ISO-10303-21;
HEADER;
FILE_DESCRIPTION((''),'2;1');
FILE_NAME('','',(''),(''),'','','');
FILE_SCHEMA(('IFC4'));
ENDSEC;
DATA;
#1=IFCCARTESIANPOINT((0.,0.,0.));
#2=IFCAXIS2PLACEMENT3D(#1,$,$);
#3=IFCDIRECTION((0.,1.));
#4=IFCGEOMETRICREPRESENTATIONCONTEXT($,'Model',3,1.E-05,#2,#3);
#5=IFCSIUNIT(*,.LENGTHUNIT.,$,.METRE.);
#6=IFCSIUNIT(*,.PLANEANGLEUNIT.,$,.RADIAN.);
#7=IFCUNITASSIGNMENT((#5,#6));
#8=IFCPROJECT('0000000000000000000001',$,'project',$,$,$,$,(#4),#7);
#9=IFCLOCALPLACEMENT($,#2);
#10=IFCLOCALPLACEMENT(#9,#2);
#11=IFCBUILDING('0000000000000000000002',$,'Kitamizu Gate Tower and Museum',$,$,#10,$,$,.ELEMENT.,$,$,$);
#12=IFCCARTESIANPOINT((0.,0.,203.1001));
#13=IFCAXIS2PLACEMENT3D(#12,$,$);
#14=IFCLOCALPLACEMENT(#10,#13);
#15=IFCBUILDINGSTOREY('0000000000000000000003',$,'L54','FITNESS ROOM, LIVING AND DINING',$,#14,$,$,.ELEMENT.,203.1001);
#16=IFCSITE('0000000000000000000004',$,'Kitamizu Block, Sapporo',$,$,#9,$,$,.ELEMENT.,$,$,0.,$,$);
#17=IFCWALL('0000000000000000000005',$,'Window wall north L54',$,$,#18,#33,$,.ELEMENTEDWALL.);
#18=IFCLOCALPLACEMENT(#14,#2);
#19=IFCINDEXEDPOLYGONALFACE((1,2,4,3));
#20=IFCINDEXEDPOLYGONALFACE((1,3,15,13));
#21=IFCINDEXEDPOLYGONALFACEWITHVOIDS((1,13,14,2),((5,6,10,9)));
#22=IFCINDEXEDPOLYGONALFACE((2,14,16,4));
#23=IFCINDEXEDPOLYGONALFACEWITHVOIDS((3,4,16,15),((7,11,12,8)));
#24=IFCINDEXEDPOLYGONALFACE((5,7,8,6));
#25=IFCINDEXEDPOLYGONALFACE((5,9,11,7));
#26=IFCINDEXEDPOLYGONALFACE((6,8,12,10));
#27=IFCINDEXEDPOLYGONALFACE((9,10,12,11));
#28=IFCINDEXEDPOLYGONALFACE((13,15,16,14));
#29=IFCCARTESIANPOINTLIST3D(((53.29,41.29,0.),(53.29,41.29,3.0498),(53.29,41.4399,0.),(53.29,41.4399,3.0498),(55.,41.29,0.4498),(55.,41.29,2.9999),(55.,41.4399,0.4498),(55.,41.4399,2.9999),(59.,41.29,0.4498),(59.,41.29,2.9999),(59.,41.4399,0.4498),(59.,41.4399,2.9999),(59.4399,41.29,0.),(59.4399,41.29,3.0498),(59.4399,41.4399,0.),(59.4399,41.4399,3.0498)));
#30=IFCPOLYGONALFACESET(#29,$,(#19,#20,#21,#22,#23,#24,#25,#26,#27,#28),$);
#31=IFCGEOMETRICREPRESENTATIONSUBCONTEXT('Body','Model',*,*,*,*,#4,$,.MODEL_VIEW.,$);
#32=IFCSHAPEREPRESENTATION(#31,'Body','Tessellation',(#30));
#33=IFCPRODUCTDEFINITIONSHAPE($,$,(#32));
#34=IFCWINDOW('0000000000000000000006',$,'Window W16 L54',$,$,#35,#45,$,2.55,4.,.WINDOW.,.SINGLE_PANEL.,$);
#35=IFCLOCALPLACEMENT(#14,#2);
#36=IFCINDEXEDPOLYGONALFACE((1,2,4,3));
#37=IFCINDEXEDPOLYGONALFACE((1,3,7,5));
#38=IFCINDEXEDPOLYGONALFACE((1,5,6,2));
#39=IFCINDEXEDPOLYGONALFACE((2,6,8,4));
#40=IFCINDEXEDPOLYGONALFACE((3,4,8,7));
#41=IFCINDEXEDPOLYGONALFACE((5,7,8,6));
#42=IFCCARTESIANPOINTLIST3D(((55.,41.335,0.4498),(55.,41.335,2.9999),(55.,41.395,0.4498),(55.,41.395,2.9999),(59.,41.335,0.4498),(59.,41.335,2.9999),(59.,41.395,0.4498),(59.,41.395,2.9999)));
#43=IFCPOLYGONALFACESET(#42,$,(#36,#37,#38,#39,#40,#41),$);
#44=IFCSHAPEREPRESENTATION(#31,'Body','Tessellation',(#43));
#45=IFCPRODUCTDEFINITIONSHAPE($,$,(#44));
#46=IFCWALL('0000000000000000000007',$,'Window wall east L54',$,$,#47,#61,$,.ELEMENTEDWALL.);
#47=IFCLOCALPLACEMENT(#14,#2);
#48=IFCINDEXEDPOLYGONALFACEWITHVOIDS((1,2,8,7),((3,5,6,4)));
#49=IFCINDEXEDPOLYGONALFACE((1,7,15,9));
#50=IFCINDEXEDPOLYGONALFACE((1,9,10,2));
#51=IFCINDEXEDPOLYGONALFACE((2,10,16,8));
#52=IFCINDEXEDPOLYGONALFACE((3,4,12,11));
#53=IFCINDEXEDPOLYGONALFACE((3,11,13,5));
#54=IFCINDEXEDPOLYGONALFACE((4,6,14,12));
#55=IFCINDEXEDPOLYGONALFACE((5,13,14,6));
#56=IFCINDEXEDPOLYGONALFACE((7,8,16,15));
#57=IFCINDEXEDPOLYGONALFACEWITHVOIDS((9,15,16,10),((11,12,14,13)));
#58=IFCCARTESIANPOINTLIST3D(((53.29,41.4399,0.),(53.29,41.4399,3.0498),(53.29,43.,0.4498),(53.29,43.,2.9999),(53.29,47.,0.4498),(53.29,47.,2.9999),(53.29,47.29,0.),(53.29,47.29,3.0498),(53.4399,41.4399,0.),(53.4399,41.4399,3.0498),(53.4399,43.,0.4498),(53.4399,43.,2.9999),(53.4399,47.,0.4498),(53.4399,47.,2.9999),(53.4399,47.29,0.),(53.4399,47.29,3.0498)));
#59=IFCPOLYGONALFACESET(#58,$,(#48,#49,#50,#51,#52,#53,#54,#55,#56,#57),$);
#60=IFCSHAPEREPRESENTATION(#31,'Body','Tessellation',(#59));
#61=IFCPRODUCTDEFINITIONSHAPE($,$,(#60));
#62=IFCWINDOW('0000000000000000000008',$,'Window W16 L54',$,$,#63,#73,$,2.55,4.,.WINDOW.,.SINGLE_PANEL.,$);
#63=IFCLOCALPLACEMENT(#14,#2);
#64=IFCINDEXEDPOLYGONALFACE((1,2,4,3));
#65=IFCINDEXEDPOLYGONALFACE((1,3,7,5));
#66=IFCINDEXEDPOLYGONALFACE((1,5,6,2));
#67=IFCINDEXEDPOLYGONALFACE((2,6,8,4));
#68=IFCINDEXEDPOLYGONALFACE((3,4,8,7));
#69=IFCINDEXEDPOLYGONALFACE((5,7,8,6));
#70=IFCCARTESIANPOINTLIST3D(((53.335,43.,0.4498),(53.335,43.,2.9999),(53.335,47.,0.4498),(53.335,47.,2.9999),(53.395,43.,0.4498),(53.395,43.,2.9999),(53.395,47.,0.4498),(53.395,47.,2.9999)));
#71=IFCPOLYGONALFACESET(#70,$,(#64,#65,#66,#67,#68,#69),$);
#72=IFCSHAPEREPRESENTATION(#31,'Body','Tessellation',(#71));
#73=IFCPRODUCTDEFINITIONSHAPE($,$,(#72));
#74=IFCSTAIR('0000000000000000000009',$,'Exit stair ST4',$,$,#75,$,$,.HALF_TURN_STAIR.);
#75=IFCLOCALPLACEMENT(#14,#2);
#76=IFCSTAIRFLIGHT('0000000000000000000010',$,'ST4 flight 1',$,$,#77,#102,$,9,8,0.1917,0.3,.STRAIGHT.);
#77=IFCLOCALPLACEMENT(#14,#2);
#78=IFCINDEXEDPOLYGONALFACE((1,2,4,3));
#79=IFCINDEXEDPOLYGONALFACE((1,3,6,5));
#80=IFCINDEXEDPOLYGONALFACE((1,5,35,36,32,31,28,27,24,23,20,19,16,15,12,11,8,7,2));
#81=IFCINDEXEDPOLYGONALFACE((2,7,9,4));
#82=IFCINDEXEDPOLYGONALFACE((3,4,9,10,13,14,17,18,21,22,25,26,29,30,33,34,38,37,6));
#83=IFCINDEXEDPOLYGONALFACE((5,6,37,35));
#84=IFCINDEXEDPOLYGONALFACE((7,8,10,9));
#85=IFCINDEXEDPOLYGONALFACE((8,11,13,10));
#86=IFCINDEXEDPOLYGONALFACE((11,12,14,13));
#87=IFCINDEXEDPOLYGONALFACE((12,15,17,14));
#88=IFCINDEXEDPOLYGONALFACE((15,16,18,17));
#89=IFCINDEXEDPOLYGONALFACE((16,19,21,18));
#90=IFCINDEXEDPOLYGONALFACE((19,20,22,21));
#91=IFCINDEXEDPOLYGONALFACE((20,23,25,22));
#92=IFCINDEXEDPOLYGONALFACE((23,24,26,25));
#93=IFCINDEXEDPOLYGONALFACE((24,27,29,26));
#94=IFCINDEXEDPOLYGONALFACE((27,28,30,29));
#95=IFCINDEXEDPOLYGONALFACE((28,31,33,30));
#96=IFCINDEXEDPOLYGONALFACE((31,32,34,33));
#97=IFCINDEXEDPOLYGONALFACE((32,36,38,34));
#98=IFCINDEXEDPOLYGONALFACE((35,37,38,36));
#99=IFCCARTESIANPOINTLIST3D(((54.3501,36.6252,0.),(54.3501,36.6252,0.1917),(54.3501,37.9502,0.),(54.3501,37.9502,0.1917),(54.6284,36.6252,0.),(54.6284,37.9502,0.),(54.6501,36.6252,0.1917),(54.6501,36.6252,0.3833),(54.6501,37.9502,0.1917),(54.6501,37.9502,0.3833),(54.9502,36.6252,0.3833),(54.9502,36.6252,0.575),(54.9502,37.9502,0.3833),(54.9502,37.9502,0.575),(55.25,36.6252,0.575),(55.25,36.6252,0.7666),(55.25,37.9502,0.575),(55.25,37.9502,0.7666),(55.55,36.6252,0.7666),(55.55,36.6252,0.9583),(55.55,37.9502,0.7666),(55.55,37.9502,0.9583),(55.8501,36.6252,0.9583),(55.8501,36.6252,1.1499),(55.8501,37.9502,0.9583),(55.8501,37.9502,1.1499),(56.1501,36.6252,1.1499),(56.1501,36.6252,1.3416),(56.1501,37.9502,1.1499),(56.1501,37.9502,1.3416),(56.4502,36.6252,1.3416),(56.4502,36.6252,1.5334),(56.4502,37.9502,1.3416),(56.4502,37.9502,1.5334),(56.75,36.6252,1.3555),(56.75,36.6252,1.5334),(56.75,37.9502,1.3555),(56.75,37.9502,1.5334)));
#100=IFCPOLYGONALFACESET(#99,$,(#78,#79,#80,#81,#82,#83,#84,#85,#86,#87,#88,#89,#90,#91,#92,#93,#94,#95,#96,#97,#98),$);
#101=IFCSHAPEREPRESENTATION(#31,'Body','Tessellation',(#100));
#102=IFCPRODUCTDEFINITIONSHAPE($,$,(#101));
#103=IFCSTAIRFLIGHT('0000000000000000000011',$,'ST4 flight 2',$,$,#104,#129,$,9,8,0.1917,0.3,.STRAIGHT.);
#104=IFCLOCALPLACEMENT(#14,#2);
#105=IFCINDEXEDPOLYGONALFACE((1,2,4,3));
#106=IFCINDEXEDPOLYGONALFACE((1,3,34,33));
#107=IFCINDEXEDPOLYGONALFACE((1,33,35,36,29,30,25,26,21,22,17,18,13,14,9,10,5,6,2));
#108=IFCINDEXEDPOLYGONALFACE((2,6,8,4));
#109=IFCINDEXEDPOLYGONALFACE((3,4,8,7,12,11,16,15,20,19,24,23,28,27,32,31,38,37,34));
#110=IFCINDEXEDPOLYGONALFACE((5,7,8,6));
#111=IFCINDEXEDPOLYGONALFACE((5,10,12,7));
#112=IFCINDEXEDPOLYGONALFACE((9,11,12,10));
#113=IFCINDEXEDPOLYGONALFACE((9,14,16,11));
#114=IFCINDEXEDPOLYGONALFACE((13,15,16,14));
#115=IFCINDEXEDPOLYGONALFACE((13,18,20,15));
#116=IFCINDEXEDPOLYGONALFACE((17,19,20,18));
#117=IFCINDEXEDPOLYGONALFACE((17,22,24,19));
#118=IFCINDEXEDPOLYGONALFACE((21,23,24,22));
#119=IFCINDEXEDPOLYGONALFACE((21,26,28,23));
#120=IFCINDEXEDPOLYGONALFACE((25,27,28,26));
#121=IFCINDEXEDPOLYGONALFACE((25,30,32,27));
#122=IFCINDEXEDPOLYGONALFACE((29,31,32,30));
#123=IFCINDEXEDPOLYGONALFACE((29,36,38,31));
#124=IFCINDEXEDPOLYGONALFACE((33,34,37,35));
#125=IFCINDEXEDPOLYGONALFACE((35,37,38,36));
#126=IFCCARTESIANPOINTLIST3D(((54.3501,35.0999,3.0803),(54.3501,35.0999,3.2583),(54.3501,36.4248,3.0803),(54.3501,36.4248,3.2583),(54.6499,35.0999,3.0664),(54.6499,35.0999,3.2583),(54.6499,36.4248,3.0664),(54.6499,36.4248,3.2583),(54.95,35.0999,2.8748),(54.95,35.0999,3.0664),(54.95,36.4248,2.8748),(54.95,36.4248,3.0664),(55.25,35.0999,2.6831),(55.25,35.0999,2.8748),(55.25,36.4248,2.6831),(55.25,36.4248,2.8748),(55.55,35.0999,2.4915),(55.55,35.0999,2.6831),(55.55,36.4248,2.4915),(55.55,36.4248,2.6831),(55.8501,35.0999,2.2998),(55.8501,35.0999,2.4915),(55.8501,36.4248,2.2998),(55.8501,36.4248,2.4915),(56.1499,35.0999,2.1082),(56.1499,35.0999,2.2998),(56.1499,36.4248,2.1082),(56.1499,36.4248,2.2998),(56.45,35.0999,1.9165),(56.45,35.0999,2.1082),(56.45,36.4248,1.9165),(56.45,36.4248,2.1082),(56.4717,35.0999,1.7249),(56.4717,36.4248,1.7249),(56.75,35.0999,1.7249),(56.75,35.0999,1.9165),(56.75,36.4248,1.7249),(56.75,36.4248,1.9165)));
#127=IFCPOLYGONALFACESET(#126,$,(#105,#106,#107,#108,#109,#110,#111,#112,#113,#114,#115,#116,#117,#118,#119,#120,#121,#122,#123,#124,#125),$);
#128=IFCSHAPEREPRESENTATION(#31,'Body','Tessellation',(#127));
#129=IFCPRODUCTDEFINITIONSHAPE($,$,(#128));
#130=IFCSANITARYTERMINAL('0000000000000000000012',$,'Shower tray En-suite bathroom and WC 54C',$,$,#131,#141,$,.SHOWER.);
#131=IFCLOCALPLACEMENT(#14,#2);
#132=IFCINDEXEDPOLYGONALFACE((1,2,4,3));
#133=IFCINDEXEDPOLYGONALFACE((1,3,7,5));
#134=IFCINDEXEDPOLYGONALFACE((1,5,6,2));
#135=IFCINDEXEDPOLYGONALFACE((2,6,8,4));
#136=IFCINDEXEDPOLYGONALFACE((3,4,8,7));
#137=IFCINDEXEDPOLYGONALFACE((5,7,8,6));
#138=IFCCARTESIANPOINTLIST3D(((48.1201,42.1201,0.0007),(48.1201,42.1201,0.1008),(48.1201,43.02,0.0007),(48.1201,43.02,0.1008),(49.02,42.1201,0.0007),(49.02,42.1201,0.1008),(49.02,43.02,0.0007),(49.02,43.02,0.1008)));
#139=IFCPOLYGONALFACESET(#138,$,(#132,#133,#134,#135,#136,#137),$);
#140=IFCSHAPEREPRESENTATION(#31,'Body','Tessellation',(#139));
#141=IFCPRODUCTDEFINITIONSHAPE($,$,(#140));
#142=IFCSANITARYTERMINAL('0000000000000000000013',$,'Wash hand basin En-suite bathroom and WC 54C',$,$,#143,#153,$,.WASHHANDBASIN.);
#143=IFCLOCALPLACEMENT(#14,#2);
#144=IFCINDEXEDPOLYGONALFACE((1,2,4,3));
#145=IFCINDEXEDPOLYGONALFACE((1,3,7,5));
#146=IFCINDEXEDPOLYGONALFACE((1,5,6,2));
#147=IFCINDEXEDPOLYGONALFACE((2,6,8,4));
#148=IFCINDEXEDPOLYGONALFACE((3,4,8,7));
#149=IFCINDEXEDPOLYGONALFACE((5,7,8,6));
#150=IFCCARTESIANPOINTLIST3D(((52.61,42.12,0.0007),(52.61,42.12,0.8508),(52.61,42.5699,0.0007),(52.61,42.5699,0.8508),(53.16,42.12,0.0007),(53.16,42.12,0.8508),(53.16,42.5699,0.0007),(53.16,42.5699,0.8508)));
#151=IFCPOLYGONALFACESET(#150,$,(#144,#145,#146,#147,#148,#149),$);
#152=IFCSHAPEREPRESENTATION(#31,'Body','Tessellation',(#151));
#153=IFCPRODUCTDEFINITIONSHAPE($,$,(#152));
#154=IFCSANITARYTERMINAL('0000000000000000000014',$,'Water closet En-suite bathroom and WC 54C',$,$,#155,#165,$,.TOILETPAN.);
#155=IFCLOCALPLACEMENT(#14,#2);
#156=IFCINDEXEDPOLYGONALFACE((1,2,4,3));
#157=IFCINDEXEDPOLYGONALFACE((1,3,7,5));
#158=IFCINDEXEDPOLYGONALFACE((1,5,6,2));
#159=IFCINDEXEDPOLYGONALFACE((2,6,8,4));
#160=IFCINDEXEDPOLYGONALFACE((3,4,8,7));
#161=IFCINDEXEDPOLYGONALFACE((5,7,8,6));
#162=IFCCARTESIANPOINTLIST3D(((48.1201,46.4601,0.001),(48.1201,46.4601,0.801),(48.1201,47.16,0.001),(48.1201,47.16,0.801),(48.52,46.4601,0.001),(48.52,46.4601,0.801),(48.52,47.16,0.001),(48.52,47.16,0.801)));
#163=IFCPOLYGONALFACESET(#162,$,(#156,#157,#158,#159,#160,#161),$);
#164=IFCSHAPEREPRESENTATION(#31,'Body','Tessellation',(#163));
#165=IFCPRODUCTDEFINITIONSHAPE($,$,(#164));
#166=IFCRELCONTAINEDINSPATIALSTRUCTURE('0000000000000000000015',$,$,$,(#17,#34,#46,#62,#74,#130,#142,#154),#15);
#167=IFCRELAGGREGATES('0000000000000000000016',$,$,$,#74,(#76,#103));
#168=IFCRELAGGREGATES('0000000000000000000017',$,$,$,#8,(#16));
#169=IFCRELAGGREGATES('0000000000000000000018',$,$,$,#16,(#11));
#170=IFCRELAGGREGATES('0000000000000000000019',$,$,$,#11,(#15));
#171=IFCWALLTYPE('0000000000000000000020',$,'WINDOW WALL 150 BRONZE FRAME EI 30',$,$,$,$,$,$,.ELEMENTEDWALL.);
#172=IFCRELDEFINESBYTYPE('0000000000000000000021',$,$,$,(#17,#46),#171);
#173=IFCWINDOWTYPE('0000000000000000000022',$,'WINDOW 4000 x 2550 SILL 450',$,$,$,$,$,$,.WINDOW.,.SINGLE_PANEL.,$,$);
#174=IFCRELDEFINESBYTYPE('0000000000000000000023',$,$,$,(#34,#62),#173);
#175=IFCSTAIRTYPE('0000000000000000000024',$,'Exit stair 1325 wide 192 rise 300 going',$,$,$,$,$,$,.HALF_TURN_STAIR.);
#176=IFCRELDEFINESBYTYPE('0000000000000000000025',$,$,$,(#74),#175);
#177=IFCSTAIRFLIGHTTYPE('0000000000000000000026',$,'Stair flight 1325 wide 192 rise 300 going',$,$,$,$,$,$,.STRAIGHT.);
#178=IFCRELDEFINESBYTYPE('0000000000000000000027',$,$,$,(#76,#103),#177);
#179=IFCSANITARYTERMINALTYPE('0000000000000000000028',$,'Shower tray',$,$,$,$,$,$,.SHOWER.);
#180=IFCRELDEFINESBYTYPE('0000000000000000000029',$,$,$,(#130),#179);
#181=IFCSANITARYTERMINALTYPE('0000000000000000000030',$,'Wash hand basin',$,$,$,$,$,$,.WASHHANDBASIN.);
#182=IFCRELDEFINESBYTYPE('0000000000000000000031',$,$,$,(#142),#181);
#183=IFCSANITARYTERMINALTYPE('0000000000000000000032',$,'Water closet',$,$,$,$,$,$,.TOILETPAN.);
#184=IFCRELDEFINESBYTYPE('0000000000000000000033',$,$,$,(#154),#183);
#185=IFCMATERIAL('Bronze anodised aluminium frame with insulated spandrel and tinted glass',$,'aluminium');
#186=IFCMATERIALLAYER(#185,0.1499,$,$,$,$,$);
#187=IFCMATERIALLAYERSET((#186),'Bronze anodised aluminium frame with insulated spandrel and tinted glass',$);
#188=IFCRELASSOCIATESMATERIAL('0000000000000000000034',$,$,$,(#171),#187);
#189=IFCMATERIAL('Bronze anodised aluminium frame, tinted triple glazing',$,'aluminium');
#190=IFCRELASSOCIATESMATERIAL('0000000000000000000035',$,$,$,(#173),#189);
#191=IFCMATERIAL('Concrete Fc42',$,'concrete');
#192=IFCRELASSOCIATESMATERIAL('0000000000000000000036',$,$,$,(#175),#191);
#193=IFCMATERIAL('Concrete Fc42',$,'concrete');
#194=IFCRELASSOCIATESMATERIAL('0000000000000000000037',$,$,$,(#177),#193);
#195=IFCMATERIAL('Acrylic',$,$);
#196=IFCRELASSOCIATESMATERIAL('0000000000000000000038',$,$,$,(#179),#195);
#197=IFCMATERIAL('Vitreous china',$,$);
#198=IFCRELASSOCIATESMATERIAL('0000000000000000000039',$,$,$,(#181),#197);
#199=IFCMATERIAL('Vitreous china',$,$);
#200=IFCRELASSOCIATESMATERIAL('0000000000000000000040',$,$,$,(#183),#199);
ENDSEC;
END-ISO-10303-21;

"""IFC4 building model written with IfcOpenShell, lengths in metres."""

from ifc_helpers import new_model, si_unit, direction, frame, frame_2d, origin, origin_2d, place, context, subcontext, project, spatial, polyline, rectangle, outline, extrude, material, layer, layer_set, type_object, element, fill, aggregate, save


model = new_model("IFC4")

# Units and contexts
model_context = context("Model", 3, precision=1e-05, world=origin(), true_north=direction((0.0, 1.0)))
body_context = subcontext(model_context, "Body", "Model", "MODEL_VIEW")
ifc_project = project(units=[si_unit("LENGTHUNIT", "METRE"), si_unit("PLANEANGLEUNIT", "RADIAN")], contexts=[model_context])

# Site, building, storey
site_placement = place(None, origin())
site = spatial("IfcSite", under=ifc_project, at=site_placement, Name="Kitamizu Block, Sapporo", CompositionType="ELEMENT", RefElevation=0.0)
building_placement = place(site_placement, origin())
building = spatial("IfcBuilding", under=site, at=building_placement, Name="Kitamizu Gate Tower and Museum", CompositionType="ELEMENT")
storey_placement = place(building_placement, frame((0.0, 0.0, 203.1001)))
storey = spatial("IfcBuildingStorey", under=building, at=storey_placement, Name="L54", Description="FITNESS ROOM, LIVING AND DINING", CompositionType="ELEMENT", Elevation=203.1001)

# Shared definitions
ifc_material_1 = material(Name="Bronze anodised aluminium frame with insulated spandrel and tinted glass", Category="aluminium")
ifc_layer_1 = layer(ifc_material_1, 0.1499)
ifc_layer_set_1 = layer_set([ifc_layer_1], Name="Bronze anodised aluminium frame with insulated spandrel and tinted glass")
wall_type_1 = type_object("IfcWallType", Name="WINDOW WALL 150 BRONZE FRAME EI 30", PredefinedType="ELEMENTEDWALL", material=ifc_layer_set_1)

# Walls, openings, windows
wall_1_placement = place(storey_placement, frame((53.29, 41.365, 0.0), z_axis=(0.0, 0.0, 1.0), x_axis=(1.0, 0.0, 0.0)))
wall_1 = element("IfcWall", 1, at=wall_1_placement, inside=storey, type_object=wall_type_1, Name="Window wall north L54", PredefinedType="ELEMENTEDWALL", context=body_context, shape_type="SweptSolid", body=[
    extrude(rectangle(XDim=6.1499, YDim=0.1499, at=frame_2d((3.075, 0.0))), origin(), (0.0, 0.0, 1.0), 3.0498),
])
opening_1_placement = place(wall_1_placement, frame((1.71, 0.0, 0.45)))
opening_1 = element("IfcOpeningElement", 2, at=opening_1_placement, cuts=wall_1, PredefinedType="OPENING", context=body_context, shape_type="SweptSolid", body=[
    extrude(rectangle(XDim=4.0, YDim=2.55, at=frame_2d((2.0, 1.2749))), frame((0.0, 0.085, 0.0), z_axis=(0.0, -1.0, 0.0), x_axis=(1.0, 0.0, 0.0)), (0.0, 0.0, 1.0), 0.1699),
])
ifc_material_2 = material(Name="Bronze anodised aluminium frame, tinted triple glazing", Category="aluminium")
window_type = type_object("IfcWindowType", Name="WINDOW 4000 x 2550 SILL 450", PartitioningType="SINGLE_PANEL", PredefinedType="WINDOW", material=ifc_material_2)
window_1_placement = place(opening_1_placement, origin())
window_1 = element("IfcWindow", 3, at=window_1_placement, inside=storey, type_object=window_type, Name="Window W16 L54", OverallHeight=2.55, OverallWidth=4.0, PartitioningType="SINGLE_PANEL", PredefinedType="WINDOW", context=body_context, shape_type="SweptSolid", body=[
    extrude(rectangle(XDim=4.0, YDim=2.55, at=frame_2d((2.0, 1.2749))), frame((0.0, 0.03, 0.0), z_axis=(0.0, -1.0, 0.0), x_axis=(1.0, 0.0, 0.0)), (0.0, 0.0, 1.0), 0.0601),
])
fill(opening_1, window_1)
wall_2_placement = place(storey_placement, frame((53.365, 41.4399, 0.0), z_axis=(0.0, 0.0, 1.0), x_axis=(0.0, 1.0, 0.0)))
wall_2 = element("IfcWall", 4, at=wall_2_placement, inside=storey, type_object=wall_type_1, Name="Window wall east L54", PredefinedType="ELEMENTEDWALL", context=body_context, shape_type="SweptSolid", body=[
    extrude(rectangle(XDim=5.8501, YDim=0.1499, at=frame_2d((2.925, 0.0))), origin(), (0.0, 0.0, 1.0), 3.0498),
])
opening_2_placement = place(wall_2_placement, frame((1.5601, 0.0, 0.45)))
opening_2 = element("IfcOpeningElement", 5, at=opening_2_placement, cuts=wall_2, PredefinedType="OPENING", context=body_context, shape_type="SweptSolid", body=[
    extrude(rectangle(XDim=4.0, YDim=2.55, at=frame_2d((2.0, 1.2749))), frame((0.0, 0.085, 0.0), z_axis=(0.0, -1.0, 0.0), x_axis=(1.0, 0.0, 0.0)), (0.0, 0.0, 1.0), 0.1699),
])
window_2_placement = place(opening_2_placement, origin())
window_2 = element("IfcWindow", 6, at=window_2_placement, inside=storey, type_object=window_type, Name="Window W16 L54", OverallHeight=2.55, OverallWidth=4.0, PartitioningType="SINGLE_PANEL", PredefinedType="WINDOW", context=body_context, shape_type="SweptSolid", body=[
    extrude(rectangle(XDim=4.0, YDim=2.55, at=frame_2d((2.0, 1.2749))), frame((0.0, 0.03, 0.0), z_axis=(0.0, -1.0, 0.0), x_axis=(1.0, 0.0, 0.0)), (0.0, 0.0, 1.0), 0.0601),
])
fill(opening_2, window_2)

# Stair, stair flights
ifc_material_3 = material(Name="Concrete Fc42", Category="concrete")
stair_type = type_object("IfcStairType", Name="Exit stair 1325 wide 192 rise 300 going", PredefinedType="HALF_TURN_STAIR", material=ifc_material_3)
stair_placement = place(storey_placement, origin())
stair = element("IfcStair", 7, at=stair_placement, inside=storey, type_object=stair_type, Name="Exit stair ST4", PredefinedType="HALF_TURN_STAIR")
ifc_material_4 = material(Name="Concrete Fc42", Category="concrete")
stair_flight_type = type_object("IfcStairFlightType", Name="Stair flight 1325 wide 192 rise 300 going", PredefinedType="STRAIGHT", material=ifc_material_4)
stair_flight_1_placement = place(storey_placement, frame((54.3501, 37.2876, 0.0), z_axis=(0.0, 0.0, 1.0), x_axis=(1.0, 0.0, 0.0)))
stair_flight_1 = element("IfcStairFlight", 8, at=stair_flight_1_placement, type_object=stair_flight_type, Name="ST4 flight 1", NumberOfRisers=9, NumberOfTreads=8, PredefinedType="STRAIGHT", RiserHeight=0.1917, TreadLength=0.3, context=body_context, shape_type="SweptSolid", body=[
    extrude(outline(polyline([(0.0, 0.0), (0.0, 0.1917), (0.3, 0.1917), (0.3, 0.3833), (0.6001, 0.3833), (0.6001, 0.575), (0.8999, 0.575), (0.8999, 0.7666), (1.2, 0.7666), (1.2, 0.9583), (1.5, 0.9583), (1.5, 1.1499), (1.8, 1.1499), (1.8, 1.3416), (2.1001, 1.3416), (2.1001, 1.5334), (2.3999, 1.5334), (2.3999, 1.7251), (2.3999, 1.3555), (0.2783, 0.0), (0.0, 0.0)])), frame((0.0, 0.6626, 0.0), z_axis=(0.0, -1.0, 0.0), x_axis=(1.0, 0.0, 0.0)), (0.0, 0.0, 1.0), 1.325),
])
stair_flight_2_placement = place(storey_placement, frame((56.75, 35.7625, 1.7249), z_axis=(0.0, 0.0, 1.0), x_axis=(-1.0, 0.0, 0.0)))
stair_flight_2 = element("IfcStairFlight", 9, at=stair_flight_2_placement, type_object=stair_flight_type, Name="ST4 flight 2", NumberOfRisers=9, NumberOfTreads=8, PredefinedType="STRAIGHT", RiserHeight=0.1917, TreadLength=0.3, context=body_context, shape_type="SweptSolid", body=[
    extrude(outline(polyline([(0.0, 0.0), (0.0, 0.1917), (0.3, 0.1917), (0.3, 0.3833), (0.6001, 0.3833), (0.6001, 0.575), (0.8999, 0.575), (0.8999, 0.7666), (1.2, 0.7666), (1.2, 0.9583), (1.5, 0.9583), (1.5, 1.1499), (1.8, 1.1499), (1.8, 1.3416), (2.1001, 1.3416), (2.1001, 1.5334), (2.3999, 1.5334), (2.3999, 1.7251), (2.3999, 1.3555), (0.2783, 0.0), (0.0, 0.0)])), frame((0.0, 0.6626, 0.0), z_axis=(0.0, -1.0, 0.0), x_axis=(1.0, 0.0, 0.0)), (0.0, 0.0, 1.0), 1.325),
])
aggregate(stair, [stair_flight_1, stair_flight_2])

# Sanitary terminals
ifc_material_5 = material(Name="Acrylic")
sanitary_terminal_type_1 = type_object("IfcSanitaryTerminalType", Name="Shower tray", PredefinedType="SHOWER", material=ifc_material_5)
sanitary_terminal_1_placement = place(storey_placement, frame((48.5701, 42.5701, 0.0007), z_axis=(0.0, 0.0, 1.0), x_axis=(1.0, 0.0, 0.0)))
element("IfcSanitaryTerminal", 10, at=sanitary_terminal_1_placement, inside=storey, type_object=sanitary_terminal_type_1, Name="Shower tray En-suite bathroom and WC 54C", PredefinedType="SHOWER", context=body_context, shape_type="SweptSolid", body=[
    extrude(rectangle(XDim=0.8999, YDim=0.8999, at=origin_2d()), origin(), (0.0, 0.0, 1.0), 0.1001),
])
ifc_material_6 = material(Name="Vitreous china")
sanitary_terminal_type_2 = type_object("IfcSanitaryTerminalType", Name="Wash hand basin", PredefinedType="WASHHANDBASIN", material=ifc_material_6)
sanitary_terminal_2_placement = place(storey_placement, frame((52.885, 42.345, 0.0007), z_axis=(0.0, 0.0, 1.0), x_axis=(1.0, 0.0, 0.0)))
element("IfcSanitaryTerminal", 11, at=sanitary_terminal_2_placement, inside=storey, type_object=sanitary_terminal_type_2, Name="Wash hand basin En-suite bathroom and WC 54C", PredefinedType="WASHHANDBASIN", context=body_context, shape_type="SweptSolid", body=[
    extrude(rectangle(XDim=0.55, YDim=0.45, at=origin_2d()), origin(), (0.0, 0.0, 1.0), 0.8501),
])
ifc_material_7 = material(Name="Vitreous china")
sanitary_terminal_type_3 = type_object("IfcSanitaryTerminalType", Name="Water closet", PredefinedType="TOILETPAN", material=ifc_material_7)
sanitary_terminal_3_placement = place(storey_placement, frame((48.3201, 46.8101, 0.001), z_axis=(0.0, 0.0, 1.0), x_axis=(1.0, 0.0, 0.0)))
element("IfcSanitaryTerminal", 12, at=sanitary_terminal_3_placement, inside=storey, type_object=sanitary_terminal_type_3, Name="Water closet En-suite bathroom and WC 54C", PredefinedType="TOILETPAN", context=body_context, shape_type="SweptSolid", body=[
    extrude(rectangle(XDim=0.3999, YDim=0.7, at=origin_2d()), origin(), (0.0, 0.0, 1.0), 0.8),
])

save(model, "model.ifc")
